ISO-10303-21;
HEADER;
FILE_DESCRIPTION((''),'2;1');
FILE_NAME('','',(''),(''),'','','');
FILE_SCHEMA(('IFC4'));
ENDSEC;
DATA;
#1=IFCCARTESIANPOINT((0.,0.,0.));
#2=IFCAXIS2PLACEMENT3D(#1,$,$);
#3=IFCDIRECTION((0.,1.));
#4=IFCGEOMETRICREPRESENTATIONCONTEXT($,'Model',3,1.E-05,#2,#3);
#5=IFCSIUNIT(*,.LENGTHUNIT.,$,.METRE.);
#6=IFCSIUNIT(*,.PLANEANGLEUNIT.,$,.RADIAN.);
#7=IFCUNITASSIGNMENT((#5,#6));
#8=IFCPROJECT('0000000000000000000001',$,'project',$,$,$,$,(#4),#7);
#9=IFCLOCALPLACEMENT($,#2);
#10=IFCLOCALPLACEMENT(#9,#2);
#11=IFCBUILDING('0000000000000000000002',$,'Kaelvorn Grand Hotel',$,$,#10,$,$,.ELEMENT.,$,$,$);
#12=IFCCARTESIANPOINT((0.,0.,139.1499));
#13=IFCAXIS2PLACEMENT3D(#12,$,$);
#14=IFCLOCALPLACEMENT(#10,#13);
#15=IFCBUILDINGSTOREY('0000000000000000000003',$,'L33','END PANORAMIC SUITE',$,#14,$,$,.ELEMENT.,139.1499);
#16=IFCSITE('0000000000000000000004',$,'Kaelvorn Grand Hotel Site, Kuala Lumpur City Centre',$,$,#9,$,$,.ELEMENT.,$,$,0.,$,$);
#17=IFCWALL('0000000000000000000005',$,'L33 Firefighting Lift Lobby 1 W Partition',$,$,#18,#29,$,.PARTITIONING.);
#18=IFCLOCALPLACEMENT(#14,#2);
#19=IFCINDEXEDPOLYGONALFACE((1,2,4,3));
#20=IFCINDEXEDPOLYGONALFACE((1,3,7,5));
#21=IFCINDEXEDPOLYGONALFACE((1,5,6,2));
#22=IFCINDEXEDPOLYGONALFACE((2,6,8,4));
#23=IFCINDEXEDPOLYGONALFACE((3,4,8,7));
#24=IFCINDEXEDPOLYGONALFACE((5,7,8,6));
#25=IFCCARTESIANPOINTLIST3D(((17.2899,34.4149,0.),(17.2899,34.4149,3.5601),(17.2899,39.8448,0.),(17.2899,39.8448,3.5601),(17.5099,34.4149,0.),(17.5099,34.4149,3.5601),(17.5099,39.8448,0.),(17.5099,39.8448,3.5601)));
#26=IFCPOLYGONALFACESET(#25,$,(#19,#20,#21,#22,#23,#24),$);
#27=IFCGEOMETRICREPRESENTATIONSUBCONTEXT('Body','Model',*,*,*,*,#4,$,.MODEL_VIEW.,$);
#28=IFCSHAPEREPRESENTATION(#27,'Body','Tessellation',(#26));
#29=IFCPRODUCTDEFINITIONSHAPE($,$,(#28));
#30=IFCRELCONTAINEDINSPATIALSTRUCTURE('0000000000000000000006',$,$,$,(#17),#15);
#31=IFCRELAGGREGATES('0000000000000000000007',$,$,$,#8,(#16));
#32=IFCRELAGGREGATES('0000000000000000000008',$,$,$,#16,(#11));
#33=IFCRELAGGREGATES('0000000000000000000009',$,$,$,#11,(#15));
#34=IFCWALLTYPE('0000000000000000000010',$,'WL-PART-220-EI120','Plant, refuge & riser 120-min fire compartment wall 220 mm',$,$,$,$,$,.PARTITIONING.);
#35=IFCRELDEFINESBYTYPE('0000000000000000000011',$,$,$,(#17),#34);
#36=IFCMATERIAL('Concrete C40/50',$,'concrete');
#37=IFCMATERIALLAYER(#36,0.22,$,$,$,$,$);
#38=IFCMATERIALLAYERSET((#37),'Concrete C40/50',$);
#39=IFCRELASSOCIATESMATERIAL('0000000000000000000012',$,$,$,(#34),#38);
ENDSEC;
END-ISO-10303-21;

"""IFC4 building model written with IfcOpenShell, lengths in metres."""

from ifc_helpers import new_model, si_unit, direction, frame, frame_2d, origin, place, context, subcontext, project, spatial, rectangle, extrude, material, layer, layer_set, type_object, element, save


model = new_model("IFC4")

# Units and contexts
model_context = context("Model", 3, precision=1e-05, world=origin(), true_north=direction((0.0, 1.0)))
body_context = subcontext(model_context, "Body", "Model", "MODEL_VIEW")
ifc_project = project(units=[si_unit("LENGTHUNIT", "METRE"), si_unit("PLANEANGLEUNIT", "RADIAN")], contexts=[model_context])

# Site, building, storey
site_placement = place(None, origin())
site = spatial("IfcSite", under=ifc_project, at=site_placement, Name="Kaelvorn Grand Hotel Site, Kuala Lumpur City Centre", CompositionType="ELEMENT", RefElevation=0.0)
building_placement = place(site_placement, origin())
building = spatial("IfcBuilding", under=site, at=building_placement, Name="Kaelvorn Grand Hotel", CompositionType="ELEMENT")
storey_placement = place(building_placement, frame((0.0, 0.0, 139.1499)))
storey = spatial("IfcBuildingStorey", under=building, at=storey_placement, Name="L33", Description="END PANORAMIC SUITE", CompositionType="ELEMENT", Elevation=139.1499)

# Shared definitions
ifc_material_1 = material(Name="Concrete C40/50", Category="concrete")
ifc_layer_1 = layer(ifc_material_1, 0.22)
ifc_layer_set_1 = layer_set([ifc_layer_1], Name="Concrete C40/50")
wall_type_1 = type_object("IfcWallType", Name="WL-PART-220-EI120", Description="Plant, refuge & riser 120-min fire compartment wall 220 mm", PredefinedType="PARTITIONING", material=ifc_layer_set_1)

# Wall
wall_1_placement = place(storey_placement, frame((17.3999, 34.415, 0.0), z_axis=(0.0, 0.0, 1.0), x_axis=(0.0, 1.0, 0.0)))
element("IfcWall", 1, at=wall_1_placement, inside=storey, type_object=wall_type_1, Name="L33 Firefighting Lift Lobby 1 W Partition", PredefinedType="PARTITIONING", context=body_context, shape_type="SweptSolid", body=[
    extrude(rectangle(XDim=5.4299, YDim=0.22, at=frame_2d((2.7148, 0.0))), origin(), (0.0, 0.0, 1.0), 3.5601),
])

save(model, "model.ifc")
